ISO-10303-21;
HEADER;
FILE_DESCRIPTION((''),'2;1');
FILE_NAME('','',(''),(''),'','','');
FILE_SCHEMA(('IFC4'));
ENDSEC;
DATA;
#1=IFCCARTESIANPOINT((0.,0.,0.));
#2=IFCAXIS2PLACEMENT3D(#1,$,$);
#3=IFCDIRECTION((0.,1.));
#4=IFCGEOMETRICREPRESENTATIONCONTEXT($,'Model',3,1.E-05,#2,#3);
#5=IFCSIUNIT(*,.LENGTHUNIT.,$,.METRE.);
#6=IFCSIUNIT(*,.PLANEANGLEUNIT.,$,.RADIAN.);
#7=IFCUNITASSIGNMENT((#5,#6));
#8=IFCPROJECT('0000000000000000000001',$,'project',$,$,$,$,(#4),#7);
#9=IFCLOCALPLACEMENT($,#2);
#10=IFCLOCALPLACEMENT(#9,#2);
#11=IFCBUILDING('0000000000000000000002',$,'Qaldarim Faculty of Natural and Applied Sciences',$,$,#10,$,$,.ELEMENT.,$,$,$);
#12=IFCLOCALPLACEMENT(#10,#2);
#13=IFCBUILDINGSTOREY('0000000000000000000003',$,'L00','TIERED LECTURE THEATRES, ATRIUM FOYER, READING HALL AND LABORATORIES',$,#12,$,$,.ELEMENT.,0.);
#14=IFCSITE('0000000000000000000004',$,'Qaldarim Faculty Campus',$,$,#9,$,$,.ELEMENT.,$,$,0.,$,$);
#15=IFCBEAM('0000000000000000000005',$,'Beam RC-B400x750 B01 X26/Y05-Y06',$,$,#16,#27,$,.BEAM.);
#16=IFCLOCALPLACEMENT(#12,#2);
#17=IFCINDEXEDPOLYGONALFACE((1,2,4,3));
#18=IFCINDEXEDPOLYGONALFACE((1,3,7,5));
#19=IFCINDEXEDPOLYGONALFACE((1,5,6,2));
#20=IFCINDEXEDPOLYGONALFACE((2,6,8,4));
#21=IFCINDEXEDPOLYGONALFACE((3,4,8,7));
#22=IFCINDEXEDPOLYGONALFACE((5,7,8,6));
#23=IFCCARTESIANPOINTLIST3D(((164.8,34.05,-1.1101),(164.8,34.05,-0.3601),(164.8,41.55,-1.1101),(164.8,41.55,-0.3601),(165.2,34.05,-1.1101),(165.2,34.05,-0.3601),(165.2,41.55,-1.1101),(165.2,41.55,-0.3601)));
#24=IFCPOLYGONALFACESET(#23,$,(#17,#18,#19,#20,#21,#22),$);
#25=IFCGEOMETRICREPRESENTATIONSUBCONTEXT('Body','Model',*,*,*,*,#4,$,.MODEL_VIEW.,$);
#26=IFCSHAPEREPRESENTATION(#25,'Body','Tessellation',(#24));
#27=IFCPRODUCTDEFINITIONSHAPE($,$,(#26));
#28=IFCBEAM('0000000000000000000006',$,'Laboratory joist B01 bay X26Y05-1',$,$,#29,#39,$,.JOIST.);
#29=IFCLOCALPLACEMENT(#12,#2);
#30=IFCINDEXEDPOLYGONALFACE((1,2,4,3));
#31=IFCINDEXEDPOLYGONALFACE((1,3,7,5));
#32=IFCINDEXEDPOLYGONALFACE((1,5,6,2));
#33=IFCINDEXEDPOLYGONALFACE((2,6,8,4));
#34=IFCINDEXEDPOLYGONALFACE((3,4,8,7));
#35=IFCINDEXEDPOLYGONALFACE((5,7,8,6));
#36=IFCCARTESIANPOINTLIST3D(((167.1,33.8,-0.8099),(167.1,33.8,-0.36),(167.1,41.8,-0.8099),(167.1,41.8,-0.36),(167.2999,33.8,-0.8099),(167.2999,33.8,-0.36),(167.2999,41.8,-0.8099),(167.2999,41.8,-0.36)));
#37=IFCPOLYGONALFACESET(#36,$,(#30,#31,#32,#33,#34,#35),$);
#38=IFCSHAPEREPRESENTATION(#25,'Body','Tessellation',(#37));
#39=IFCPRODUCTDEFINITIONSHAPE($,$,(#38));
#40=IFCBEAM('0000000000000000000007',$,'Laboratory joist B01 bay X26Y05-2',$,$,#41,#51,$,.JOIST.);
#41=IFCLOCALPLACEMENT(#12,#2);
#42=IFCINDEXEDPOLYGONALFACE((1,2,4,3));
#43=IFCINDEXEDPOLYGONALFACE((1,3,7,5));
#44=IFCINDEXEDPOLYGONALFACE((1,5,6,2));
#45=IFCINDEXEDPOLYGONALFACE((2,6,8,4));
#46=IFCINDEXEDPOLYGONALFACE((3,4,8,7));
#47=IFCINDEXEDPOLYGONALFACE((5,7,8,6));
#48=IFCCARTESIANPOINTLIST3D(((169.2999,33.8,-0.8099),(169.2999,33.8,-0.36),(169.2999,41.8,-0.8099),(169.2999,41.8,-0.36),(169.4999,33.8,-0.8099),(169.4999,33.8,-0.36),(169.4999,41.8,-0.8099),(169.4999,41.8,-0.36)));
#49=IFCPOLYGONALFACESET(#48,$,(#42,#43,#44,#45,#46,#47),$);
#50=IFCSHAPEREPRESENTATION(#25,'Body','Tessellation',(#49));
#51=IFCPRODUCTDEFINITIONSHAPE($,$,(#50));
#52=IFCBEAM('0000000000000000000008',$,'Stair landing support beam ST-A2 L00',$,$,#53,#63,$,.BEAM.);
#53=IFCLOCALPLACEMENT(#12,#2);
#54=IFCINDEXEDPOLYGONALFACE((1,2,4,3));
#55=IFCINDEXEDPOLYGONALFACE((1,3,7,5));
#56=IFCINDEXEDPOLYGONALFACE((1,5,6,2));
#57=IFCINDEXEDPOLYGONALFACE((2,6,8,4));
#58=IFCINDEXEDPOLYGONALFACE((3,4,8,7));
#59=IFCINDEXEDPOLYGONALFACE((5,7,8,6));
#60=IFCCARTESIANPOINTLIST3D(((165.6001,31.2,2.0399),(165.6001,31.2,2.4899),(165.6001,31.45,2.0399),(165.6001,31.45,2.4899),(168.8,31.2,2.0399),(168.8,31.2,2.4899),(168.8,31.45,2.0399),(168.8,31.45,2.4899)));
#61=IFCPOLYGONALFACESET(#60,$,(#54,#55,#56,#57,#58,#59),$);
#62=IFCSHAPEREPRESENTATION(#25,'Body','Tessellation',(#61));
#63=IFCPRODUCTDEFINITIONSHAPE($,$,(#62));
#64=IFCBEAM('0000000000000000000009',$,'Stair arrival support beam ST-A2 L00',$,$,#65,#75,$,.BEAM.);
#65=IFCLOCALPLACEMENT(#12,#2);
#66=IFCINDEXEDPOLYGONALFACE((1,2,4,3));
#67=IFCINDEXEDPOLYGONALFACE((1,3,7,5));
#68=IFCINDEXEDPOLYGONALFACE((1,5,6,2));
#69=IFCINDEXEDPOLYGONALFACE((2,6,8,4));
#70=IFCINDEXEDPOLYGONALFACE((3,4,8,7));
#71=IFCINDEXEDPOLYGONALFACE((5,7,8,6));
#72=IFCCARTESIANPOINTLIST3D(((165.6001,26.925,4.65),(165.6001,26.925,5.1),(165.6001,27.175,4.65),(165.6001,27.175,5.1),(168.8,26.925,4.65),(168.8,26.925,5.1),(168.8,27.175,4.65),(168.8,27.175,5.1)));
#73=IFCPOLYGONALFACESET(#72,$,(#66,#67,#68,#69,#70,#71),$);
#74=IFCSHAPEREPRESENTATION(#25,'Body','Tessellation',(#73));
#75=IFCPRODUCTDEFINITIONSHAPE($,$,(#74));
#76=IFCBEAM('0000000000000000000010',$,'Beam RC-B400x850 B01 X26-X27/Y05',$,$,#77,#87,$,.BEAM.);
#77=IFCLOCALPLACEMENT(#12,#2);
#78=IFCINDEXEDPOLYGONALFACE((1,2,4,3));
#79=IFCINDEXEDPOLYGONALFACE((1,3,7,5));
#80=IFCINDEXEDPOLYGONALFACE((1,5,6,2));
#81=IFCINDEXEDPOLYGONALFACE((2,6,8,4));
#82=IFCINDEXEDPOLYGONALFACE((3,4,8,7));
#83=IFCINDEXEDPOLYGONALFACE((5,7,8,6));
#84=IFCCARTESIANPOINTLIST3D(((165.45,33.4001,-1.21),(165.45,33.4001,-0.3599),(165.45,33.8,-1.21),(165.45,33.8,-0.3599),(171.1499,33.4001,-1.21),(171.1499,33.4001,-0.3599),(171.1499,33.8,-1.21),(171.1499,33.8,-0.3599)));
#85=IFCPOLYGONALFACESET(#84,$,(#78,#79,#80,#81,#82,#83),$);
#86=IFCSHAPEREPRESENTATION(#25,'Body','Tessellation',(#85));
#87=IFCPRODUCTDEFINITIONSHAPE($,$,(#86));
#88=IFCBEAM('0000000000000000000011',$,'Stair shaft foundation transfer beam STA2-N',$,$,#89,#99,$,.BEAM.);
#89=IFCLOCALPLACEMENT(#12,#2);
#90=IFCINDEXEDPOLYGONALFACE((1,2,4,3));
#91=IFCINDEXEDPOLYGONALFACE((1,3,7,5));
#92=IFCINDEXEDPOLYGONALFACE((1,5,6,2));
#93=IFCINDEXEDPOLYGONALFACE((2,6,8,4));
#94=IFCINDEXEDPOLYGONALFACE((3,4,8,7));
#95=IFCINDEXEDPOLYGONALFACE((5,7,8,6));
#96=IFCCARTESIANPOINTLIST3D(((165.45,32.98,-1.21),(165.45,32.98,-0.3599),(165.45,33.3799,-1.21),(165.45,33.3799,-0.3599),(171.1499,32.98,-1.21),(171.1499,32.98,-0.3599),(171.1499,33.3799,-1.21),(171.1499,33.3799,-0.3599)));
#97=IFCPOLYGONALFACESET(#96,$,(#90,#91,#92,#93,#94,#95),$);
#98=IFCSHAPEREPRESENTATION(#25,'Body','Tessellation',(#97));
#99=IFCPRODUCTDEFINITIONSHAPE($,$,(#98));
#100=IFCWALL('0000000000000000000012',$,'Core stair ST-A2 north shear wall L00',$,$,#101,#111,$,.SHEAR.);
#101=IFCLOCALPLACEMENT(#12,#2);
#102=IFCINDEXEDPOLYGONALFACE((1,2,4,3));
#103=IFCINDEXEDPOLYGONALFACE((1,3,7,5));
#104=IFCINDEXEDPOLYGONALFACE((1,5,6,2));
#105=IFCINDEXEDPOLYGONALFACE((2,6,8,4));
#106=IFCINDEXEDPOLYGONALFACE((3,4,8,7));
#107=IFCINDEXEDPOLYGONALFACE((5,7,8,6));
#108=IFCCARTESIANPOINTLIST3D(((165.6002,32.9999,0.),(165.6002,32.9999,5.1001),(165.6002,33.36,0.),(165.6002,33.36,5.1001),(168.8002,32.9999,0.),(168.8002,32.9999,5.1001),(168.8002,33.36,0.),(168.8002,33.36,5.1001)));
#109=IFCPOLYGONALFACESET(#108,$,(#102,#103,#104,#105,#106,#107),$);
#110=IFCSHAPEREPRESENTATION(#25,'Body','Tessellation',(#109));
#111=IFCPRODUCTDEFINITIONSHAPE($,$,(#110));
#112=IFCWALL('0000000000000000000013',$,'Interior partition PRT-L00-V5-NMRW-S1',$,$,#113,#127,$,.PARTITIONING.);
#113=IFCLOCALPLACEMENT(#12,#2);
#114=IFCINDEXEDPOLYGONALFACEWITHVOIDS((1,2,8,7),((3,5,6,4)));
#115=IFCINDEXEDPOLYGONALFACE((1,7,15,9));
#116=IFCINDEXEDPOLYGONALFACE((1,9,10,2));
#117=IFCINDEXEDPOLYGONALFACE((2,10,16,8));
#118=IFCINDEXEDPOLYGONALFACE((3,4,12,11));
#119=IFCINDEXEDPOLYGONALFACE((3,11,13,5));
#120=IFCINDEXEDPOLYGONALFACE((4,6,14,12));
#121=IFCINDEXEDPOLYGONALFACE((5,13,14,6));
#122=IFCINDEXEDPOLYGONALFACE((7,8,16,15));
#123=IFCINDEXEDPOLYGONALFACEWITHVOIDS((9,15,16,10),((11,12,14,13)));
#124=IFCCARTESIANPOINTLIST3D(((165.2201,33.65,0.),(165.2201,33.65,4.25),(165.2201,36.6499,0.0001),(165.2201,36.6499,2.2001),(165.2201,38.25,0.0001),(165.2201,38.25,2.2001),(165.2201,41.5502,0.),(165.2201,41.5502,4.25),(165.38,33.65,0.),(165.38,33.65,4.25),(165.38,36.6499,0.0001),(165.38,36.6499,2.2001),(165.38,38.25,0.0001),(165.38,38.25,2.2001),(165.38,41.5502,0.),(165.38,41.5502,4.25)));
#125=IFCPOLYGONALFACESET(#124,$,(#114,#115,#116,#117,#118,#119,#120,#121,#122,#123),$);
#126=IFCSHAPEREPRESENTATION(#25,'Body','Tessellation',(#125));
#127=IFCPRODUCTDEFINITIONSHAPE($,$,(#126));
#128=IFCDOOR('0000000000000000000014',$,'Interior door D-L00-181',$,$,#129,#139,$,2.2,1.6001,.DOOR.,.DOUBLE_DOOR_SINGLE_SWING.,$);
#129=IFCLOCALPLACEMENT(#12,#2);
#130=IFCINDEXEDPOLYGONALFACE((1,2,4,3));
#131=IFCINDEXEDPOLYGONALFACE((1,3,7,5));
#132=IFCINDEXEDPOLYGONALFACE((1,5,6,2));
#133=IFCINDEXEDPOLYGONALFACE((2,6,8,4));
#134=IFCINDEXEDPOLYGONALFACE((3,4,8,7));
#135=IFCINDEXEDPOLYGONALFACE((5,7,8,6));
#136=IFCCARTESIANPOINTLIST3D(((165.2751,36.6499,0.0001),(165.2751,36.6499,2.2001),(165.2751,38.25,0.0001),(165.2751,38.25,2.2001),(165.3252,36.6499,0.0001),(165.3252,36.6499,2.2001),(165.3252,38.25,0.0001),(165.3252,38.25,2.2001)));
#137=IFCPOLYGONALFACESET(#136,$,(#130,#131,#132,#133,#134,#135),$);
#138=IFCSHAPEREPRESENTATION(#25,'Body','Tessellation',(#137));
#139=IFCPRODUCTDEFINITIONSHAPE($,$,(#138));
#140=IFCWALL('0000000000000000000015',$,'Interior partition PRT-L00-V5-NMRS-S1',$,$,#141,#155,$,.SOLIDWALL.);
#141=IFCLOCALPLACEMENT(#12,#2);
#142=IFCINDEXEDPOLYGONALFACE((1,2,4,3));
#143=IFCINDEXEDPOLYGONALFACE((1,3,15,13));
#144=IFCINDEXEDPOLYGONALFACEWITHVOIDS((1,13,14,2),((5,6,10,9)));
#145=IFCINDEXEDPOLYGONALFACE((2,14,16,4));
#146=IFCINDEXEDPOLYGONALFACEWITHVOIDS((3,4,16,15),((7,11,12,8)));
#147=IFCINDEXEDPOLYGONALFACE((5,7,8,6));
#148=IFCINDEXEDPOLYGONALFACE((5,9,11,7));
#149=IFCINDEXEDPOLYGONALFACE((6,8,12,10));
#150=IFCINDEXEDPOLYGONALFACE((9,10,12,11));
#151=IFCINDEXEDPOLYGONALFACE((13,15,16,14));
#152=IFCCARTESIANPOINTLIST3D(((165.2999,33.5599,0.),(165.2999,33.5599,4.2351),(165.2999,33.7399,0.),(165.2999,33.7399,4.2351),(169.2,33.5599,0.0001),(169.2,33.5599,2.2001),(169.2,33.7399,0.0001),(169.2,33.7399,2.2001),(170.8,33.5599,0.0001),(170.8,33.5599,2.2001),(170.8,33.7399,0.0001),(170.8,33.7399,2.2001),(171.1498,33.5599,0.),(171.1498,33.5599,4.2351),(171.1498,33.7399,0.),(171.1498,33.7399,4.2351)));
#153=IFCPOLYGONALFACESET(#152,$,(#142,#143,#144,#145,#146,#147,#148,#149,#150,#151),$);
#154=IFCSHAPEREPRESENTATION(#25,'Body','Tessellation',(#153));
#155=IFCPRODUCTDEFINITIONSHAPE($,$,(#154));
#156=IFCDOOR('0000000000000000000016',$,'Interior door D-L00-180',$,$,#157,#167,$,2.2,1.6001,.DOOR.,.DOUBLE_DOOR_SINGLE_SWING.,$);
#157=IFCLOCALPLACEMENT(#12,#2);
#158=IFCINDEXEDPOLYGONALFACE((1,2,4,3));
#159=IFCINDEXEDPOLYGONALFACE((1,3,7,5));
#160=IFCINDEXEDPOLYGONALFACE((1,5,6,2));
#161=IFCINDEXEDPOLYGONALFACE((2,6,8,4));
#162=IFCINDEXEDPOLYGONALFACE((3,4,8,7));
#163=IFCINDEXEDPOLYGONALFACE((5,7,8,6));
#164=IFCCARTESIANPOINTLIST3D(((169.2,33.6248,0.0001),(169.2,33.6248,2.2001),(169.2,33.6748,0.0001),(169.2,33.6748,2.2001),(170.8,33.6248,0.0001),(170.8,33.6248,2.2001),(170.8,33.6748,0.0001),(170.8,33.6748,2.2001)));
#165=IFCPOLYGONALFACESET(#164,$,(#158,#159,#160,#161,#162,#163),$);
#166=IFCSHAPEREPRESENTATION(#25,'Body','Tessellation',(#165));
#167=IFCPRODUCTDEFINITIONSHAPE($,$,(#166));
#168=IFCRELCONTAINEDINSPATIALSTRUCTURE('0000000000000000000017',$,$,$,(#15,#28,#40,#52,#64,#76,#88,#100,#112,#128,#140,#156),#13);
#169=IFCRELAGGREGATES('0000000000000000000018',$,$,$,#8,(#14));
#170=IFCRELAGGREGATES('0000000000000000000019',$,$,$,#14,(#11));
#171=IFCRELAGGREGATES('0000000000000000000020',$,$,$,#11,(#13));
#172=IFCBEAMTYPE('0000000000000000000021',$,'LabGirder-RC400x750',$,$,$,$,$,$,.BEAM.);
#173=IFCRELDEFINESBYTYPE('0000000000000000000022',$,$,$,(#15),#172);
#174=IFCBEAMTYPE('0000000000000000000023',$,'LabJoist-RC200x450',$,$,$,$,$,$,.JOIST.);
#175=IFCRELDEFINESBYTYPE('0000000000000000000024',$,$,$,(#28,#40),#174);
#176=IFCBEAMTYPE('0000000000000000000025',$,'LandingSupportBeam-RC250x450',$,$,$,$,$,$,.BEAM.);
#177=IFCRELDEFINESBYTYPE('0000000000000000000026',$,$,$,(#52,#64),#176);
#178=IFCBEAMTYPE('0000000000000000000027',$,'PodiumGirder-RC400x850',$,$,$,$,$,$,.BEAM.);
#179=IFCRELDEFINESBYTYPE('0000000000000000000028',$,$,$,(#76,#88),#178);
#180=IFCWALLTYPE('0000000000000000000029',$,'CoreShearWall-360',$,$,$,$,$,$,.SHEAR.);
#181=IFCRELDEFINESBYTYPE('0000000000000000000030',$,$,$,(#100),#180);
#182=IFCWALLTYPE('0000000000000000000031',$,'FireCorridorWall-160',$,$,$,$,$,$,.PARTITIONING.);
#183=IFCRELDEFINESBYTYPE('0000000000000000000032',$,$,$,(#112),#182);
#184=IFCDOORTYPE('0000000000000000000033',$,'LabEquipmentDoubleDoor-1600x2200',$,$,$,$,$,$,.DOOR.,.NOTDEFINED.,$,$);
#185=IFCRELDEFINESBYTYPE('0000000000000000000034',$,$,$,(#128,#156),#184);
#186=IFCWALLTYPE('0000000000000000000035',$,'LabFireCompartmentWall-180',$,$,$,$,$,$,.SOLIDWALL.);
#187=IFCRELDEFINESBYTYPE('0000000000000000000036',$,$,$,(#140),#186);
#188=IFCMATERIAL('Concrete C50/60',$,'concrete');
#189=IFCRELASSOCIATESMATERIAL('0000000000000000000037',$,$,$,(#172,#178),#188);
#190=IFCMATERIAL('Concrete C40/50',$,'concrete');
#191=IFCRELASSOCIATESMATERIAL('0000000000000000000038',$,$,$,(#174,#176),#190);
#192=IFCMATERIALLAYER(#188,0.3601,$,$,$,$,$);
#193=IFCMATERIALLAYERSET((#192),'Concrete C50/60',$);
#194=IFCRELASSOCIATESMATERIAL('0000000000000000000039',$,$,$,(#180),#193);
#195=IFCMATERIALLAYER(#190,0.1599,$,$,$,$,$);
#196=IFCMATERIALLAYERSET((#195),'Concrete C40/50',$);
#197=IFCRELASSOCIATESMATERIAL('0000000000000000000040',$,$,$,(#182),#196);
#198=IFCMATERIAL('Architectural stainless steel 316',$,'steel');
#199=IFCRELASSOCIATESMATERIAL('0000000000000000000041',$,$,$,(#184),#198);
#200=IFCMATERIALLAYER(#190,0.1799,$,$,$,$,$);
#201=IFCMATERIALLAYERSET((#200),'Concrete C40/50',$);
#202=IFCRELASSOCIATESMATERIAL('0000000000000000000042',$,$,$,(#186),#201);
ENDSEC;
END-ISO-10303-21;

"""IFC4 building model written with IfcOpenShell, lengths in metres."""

from ifc_helpers import new_model, si_unit, direction, frame, frame_2d, origin, origin_2d, place, context, subcontext, project, spatial, rectangle, extrude, material, layer, layer_set, material_profile, profile_set, type_object, element, fill, save


model = new_model("IFC4")

# Units and contexts
model_context = context("Model", 3, precision=1e-05, world=origin(), true_north=direction((0.0, 1.0)))
body_context = subcontext(model_context, "Body", "Model", "MODEL_VIEW")
ifc_project = project(units=[si_unit("LENGTHUNIT", "METRE"), si_unit("PLANEANGLEUNIT", "RADIAN")], contexts=[model_context])

# Site, building, storey
site_placement = place(None, origin())
site = spatial("IfcSite", under=ifc_project, at=site_placement, Name="Qaldarim Faculty Campus", CompositionType="ELEMENT", RefElevation=0.0)
building_placement = place(site_placement, origin())
building = spatial("IfcBuilding", under=site, at=building_placement, Name="Qaldarim Faculty of Natural and Applied Sciences", CompositionType="ELEMENT")
storey_placement = place(building_placement, origin())
storey = spatial("IfcBuildingStorey", under=building, at=storey_placement, Name="L00", Description="TIERED LECTURE THEATRES, ATRIUM FOYER, READING HALL AND LABORATORIES", CompositionType="ELEMENT", Elevation=0.0)

# Beams
ifc_material_1 = material(Name="Concrete C50/60", Category="concrete")
ifc_material_profile_1 = material_profile(ifc_material_1, rectangle(XDim=0.3999, YDim=0.75, at=origin_2d()), Name="RC-B400x750")
ifc_profile_set_1 = profile_set([ifc_material_profile_1], Name="Concrete C50/60")
beam_type_1 = type_object("IfcBeamType", Name="LabGirder-RC400x750", PredefinedType="BEAM", material=ifc_profile_set_1)
beam_placement = place(storey_placement, frame((165.0, 34.05, -0.7351), z_axis=(0.0, 1.0, 0.0), x_axis=(-1.0, 0.0, 0.0)))
element("IfcBeam", 1, at=beam_placement, inside=storey, type_object=beam_type_1, Name="Beam RC-B400x750 B01 X26/Y05-Y06", PredefinedType="BEAM", context=body_context, shape_type="SweptSolid", body=[
    extrude(rectangle(XDim=0.3999, YDim=0.75, at=origin_2d()), origin(), (0.0, 0.0, 1.0), 7.5),
])
ifc_material_2 = material(Name="Concrete C40/50", Category="concrete")
ifc_material_profile_2 = material_profile(ifc_material_2, rectangle(XDim=0.2, YDim=0.45, at=origin_2d()), Name="RC-J200x450")
ifc_profile_set_2 = profile_set([ifc_material_profile_2], Name="Concrete C40/50")
beam_type_2 = type_object("IfcBeamType", Name="LabJoist-RC200x450", PredefinedType="JOIST", material=ifc_profile_set_2)
for number, where, z_axis, x_axis, name in (
    (2, (167.2, 33.8, -0.585), (0.0, 1.0, 0.0), (-1.0, 0.0, 0.0), "Laboratory joist B01 bay X26Y05-1"),
    (3, (169.3999, 33.8, -0.585), (0.0, 1.0, 0.0), (-1.0, 0.0, 0.0), "Laboratory joist B01 bay X26Y05-2"),
):
    element("IfcBeam", number, at=place(storey_placement, frame(where, z_axis=z_axis, x_axis=x_axis)), inside=storey, type_object=beam_type_2, Name=name, PredefinedType="JOIST", context=body_context, shape_type="SweptSolid", body=[
        extrude(rectangle(XDim=0.2, YDim=0.45, at=origin_2d()), origin(), (0.0, 0.0, 1.0), 8.0),
    ])
ifc_material_profile_3 = material_profile(ifc_material_2, rectangle(XDim=0.25, YDim=0.45, at=origin_2d()), Name="RC-LN250x450")
ifc_profile_set_3 = profile_set([ifc_material_profile_3], Name="Concrete C40/50")
beam_type_3 = type_object("IfcBeamType", Name="LandingSupportBeam-RC250x450", PredefinedType="BEAM", material=ifc_profile_set_3)
for number, where, z_axis, x_axis, name in (
    (4, (165.6001, 31.325, 2.2649), (1.0, 0.0, 0.0), (0.0, 1.0, 0.0), "Stair landing support beam ST-A2 L00"),
    (5, (165.6001, 27.05, 4.875), (1.0, 0.0, 0.0), (0.0, 1.0, 0.0), "Stair arrival support beam ST-A2 L00"),
):
    element("IfcBeam", number, at=place(storey_placement, frame(where, z_axis=z_axis, x_axis=x_axis)), inside=storey, type_object=beam_type_3, Name=name, PredefinedType="BEAM", context=body_context, shape_type="SweptSolid", body=[
        extrude(rectangle(XDim=0.25, YDim=0.45, at=origin_2d()), origin(), (0.0, 0.0, 1.0), 3.2),
    ])
ifc_material_profile_4 = material_profile(ifc_material_1, rectangle(XDim=0.3999, YDim=0.8501, at=origin_2d()), Name="RC-B400x850")
ifc_profile_set_4 = profile_set([ifc_material_profile_4], Name="Concrete C50/60")
beam_type_4 = type_object("IfcBeamType", Name="PodiumGirder-RC400x850", PredefinedType="BEAM", material=ifc_profile_set_4)
for number, where, z_axis, x_axis, name in (
    (6, (165.45, 33.6001, -0.7849), (1.0, 0.0, 0.0), (0.0, 1.0, 0.0), "Beam RC-B400x850 B01 X26-X27/Y05"),
    (7, (165.45, 33.1799, -0.7849), (1.0, 0.0, 0.0), (0.0, 1.0, 0.0), "Stair shaft foundation transfer beam STA2-N"),
):
    element("IfcBeam", number, at=place(storey_placement, frame(where, z_axis=z_axis, x_axis=x_axis)), inside=storey, type_object=beam_type_4, Name=name, PredefinedType="BEAM", context=body_context, shape_type="SweptSolid", body=[
        extrude(rectangle(XDim=0.3999, YDim=0.8501, at=origin_2d()), origin(), (0.0, 0.0, 1.0), 5.7),
    ])

# Wall
ifc_layer_1 = layer(ifc_material_1, 0.3601)
ifc_layer_set_1 = layer_set([ifc_layer_1], Name="Concrete C50/60")
wall_type_1 = type_object("IfcWallType", Name="CoreShearWall-360", PredefinedType="SHEAR", material=ifc_layer_set_1)
wall_1_placement = place(storey_placement, frame((165.6001, 33.1799, 0.0), z_axis=(0.0, 0.0, 1.0), x_axis=(1.0, 0.0, 0.0)))
element("IfcWall", 8, at=wall_1_placement, inside=storey, type_object=wall_type_1, Name="Core stair ST-A2 north shear wall L00", PredefinedType="SHEAR", context=body_context, shape_type="SweptSolid", body=[
    extrude(rectangle(XDim=3.2, YDim=0.3601, at=frame_2d((1.6001, 0.0))), origin(), (0.0, 0.0, 1.0), 5.1001),
])

# Walls, openings, doors
ifc_layer_2 = layer(ifc_material_2, 0.1599)
ifc_layer_set_2 = layer_set([ifc_layer_2], Name="Concrete C40/50")
wall_type_2 = type_object("IfcWallType", Name="FireCorridorWall-160", PredefinedType="PARTITIONING", material=ifc_layer_set_2)
wall_2_placement = place(storey_placement, frame((165.3, 33.6499, 0.0), z_axis=(0.0, 0.0, 1.0), x_axis=(0.0, 1.0, 0.0)))
wall_2 = element("IfcWall", 9, at=wall_2_placement, inside=storey, type_object=wall_type_2, Name="Interior partition PRT-L00-V5-NMRW-S1", PredefinedType="PARTITIONING", context=body_context, shape_type="SweptSolid", body=[
    extrude(rectangle(XDim=7.9001, YDim=0.1599, at=frame_2d((3.9502, 0.0))), origin(), (0.0, 0.0, 1.0), 4.25),
])
opening_1_placement = place(wall_2_placement, frame((3.0, 0.0, 0.0)))
opening_1 = element("IfcOpeningElement", 10, at=opening_1_placement, cuts=wall_2, PredefinedType="OPENING", context=body_context, shape_type="SweptSolid", body=[
    extrude(rectangle(XDim=1.6001, YDim=2.2, at=frame_2d((0.8, 1.1001))), frame((0.0, 0.0898, 0.0), z_axis=(0.0, -1.0, 0.0), x_axis=(1.0, 0.0, 0.0)), (0.0, 0.0, 1.0), 0.1799),
])
ifc_material_3 = material(Name="Architectural stainless steel 316", Category="steel")
door_type = type_object("IfcDoorType", Name="LabEquipmentDoubleDoor-1600x2200", OperationType="NOTDEFINED", PredefinedType="DOOR", material=ifc_material_3)
door_1_placement = place(opening_1_placement, origin())
door_1 = element("IfcDoor", 11, at=door_1_placement, inside=storey, type_object=door_type, Name="Interior door D-L00-181", OperationType="DOUBLE_DOOR_SINGLE_SWING", OverallHeight=2.2, OverallWidth=1.6001, PredefinedType="DOOR", context=body_context, shape_type="SweptSolid", body=[
    extrude(rectangle(XDim=1.6001, YDim=2.2, at=frame_2d((0.8, 1.1001))), frame((0.0, 0.0249, 0.0), z_axis=(0.0, -1.0, 0.0), x_axis=(1.0, 0.0, 0.0)), (0.0, 0.0, 1.0), 0.05),
])
fill(opening_1, door_1)
ifc_layer_3 = layer(ifc_material_2, 0.1799)
ifc_layer_set_3 = layer_set([ifc_layer_3], Name="Concrete C40/50")
wall_type_3 = type_object("IfcWallType", Name="LabFireCompartmentWall-180", PredefinedType="SOLIDWALL", material=ifc_layer_set_3)
wall_3_placement = place(storey_placement, frame((165.3, 33.6499, 0.0), z_axis=(0.0, 0.0, 1.0), x_axis=(1.0, 0.0, 0.0)))
wall_3 = element("IfcWall", 12, at=wall_3_placement, inside=storey, type_object=wall_type_3, Name="Interior partition PRT-L00-V5-NMRS-S1", PredefinedType="SOLIDWALL", context=body_context, shape_type="SweptSolid", body=[
    extrude(rectangle(XDim=5.8499, YDim=0.1799, at=frame_2d((2.9248, 0.0))), origin(), (0.0, 0.0, 1.0), 4.2351),
])
opening_2_placement = place(wall_3_placement, frame((3.8999, 0.0, 0.0)))
opening_2 = element("IfcOpeningElement", 13, at=opening_2_placement, cuts=wall_3, PredefinedType="OPENING", context=body_context, shape_type="SweptSolid", body=[
    extrude(rectangle(XDim=1.6001, YDim=2.2, at=frame_2d((0.8, 1.1001))), frame((0.0, 0.0999, 0.0), z_axis=(0.0, -1.0, 0.0), x_axis=(1.0, 0.0, 0.0)), (0.0, 0.0, 1.0), 0.2),
])
door_2_placement = place(opening_2_placement, origin())
door_2 = element("IfcDoor", 14, at=door_2_placement, inside=storey, type_object=door_type, Name="Interior door D-L00-180", OperationType="DOUBLE_DOOR_SINGLE_SWING", OverallHeight=2.2, OverallWidth=1.6001, PredefinedType="DOOR", context=body_context, shape_type="SweptSolid", body=[
    extrude(rectangle(XDim=1.6001, YDim=2.2, at=frame_2d((0.8, 1.1001))), frame((0.0, 0.0249, 0.0), z_axis=(0.0, -1.0, 0.0), x_axis=(1.0, 0.0, 0.0)), (0.0, 0.0, 1.0), 0.05),
])
fill(opening_2, door_2)

save(model, "model.ifc")
